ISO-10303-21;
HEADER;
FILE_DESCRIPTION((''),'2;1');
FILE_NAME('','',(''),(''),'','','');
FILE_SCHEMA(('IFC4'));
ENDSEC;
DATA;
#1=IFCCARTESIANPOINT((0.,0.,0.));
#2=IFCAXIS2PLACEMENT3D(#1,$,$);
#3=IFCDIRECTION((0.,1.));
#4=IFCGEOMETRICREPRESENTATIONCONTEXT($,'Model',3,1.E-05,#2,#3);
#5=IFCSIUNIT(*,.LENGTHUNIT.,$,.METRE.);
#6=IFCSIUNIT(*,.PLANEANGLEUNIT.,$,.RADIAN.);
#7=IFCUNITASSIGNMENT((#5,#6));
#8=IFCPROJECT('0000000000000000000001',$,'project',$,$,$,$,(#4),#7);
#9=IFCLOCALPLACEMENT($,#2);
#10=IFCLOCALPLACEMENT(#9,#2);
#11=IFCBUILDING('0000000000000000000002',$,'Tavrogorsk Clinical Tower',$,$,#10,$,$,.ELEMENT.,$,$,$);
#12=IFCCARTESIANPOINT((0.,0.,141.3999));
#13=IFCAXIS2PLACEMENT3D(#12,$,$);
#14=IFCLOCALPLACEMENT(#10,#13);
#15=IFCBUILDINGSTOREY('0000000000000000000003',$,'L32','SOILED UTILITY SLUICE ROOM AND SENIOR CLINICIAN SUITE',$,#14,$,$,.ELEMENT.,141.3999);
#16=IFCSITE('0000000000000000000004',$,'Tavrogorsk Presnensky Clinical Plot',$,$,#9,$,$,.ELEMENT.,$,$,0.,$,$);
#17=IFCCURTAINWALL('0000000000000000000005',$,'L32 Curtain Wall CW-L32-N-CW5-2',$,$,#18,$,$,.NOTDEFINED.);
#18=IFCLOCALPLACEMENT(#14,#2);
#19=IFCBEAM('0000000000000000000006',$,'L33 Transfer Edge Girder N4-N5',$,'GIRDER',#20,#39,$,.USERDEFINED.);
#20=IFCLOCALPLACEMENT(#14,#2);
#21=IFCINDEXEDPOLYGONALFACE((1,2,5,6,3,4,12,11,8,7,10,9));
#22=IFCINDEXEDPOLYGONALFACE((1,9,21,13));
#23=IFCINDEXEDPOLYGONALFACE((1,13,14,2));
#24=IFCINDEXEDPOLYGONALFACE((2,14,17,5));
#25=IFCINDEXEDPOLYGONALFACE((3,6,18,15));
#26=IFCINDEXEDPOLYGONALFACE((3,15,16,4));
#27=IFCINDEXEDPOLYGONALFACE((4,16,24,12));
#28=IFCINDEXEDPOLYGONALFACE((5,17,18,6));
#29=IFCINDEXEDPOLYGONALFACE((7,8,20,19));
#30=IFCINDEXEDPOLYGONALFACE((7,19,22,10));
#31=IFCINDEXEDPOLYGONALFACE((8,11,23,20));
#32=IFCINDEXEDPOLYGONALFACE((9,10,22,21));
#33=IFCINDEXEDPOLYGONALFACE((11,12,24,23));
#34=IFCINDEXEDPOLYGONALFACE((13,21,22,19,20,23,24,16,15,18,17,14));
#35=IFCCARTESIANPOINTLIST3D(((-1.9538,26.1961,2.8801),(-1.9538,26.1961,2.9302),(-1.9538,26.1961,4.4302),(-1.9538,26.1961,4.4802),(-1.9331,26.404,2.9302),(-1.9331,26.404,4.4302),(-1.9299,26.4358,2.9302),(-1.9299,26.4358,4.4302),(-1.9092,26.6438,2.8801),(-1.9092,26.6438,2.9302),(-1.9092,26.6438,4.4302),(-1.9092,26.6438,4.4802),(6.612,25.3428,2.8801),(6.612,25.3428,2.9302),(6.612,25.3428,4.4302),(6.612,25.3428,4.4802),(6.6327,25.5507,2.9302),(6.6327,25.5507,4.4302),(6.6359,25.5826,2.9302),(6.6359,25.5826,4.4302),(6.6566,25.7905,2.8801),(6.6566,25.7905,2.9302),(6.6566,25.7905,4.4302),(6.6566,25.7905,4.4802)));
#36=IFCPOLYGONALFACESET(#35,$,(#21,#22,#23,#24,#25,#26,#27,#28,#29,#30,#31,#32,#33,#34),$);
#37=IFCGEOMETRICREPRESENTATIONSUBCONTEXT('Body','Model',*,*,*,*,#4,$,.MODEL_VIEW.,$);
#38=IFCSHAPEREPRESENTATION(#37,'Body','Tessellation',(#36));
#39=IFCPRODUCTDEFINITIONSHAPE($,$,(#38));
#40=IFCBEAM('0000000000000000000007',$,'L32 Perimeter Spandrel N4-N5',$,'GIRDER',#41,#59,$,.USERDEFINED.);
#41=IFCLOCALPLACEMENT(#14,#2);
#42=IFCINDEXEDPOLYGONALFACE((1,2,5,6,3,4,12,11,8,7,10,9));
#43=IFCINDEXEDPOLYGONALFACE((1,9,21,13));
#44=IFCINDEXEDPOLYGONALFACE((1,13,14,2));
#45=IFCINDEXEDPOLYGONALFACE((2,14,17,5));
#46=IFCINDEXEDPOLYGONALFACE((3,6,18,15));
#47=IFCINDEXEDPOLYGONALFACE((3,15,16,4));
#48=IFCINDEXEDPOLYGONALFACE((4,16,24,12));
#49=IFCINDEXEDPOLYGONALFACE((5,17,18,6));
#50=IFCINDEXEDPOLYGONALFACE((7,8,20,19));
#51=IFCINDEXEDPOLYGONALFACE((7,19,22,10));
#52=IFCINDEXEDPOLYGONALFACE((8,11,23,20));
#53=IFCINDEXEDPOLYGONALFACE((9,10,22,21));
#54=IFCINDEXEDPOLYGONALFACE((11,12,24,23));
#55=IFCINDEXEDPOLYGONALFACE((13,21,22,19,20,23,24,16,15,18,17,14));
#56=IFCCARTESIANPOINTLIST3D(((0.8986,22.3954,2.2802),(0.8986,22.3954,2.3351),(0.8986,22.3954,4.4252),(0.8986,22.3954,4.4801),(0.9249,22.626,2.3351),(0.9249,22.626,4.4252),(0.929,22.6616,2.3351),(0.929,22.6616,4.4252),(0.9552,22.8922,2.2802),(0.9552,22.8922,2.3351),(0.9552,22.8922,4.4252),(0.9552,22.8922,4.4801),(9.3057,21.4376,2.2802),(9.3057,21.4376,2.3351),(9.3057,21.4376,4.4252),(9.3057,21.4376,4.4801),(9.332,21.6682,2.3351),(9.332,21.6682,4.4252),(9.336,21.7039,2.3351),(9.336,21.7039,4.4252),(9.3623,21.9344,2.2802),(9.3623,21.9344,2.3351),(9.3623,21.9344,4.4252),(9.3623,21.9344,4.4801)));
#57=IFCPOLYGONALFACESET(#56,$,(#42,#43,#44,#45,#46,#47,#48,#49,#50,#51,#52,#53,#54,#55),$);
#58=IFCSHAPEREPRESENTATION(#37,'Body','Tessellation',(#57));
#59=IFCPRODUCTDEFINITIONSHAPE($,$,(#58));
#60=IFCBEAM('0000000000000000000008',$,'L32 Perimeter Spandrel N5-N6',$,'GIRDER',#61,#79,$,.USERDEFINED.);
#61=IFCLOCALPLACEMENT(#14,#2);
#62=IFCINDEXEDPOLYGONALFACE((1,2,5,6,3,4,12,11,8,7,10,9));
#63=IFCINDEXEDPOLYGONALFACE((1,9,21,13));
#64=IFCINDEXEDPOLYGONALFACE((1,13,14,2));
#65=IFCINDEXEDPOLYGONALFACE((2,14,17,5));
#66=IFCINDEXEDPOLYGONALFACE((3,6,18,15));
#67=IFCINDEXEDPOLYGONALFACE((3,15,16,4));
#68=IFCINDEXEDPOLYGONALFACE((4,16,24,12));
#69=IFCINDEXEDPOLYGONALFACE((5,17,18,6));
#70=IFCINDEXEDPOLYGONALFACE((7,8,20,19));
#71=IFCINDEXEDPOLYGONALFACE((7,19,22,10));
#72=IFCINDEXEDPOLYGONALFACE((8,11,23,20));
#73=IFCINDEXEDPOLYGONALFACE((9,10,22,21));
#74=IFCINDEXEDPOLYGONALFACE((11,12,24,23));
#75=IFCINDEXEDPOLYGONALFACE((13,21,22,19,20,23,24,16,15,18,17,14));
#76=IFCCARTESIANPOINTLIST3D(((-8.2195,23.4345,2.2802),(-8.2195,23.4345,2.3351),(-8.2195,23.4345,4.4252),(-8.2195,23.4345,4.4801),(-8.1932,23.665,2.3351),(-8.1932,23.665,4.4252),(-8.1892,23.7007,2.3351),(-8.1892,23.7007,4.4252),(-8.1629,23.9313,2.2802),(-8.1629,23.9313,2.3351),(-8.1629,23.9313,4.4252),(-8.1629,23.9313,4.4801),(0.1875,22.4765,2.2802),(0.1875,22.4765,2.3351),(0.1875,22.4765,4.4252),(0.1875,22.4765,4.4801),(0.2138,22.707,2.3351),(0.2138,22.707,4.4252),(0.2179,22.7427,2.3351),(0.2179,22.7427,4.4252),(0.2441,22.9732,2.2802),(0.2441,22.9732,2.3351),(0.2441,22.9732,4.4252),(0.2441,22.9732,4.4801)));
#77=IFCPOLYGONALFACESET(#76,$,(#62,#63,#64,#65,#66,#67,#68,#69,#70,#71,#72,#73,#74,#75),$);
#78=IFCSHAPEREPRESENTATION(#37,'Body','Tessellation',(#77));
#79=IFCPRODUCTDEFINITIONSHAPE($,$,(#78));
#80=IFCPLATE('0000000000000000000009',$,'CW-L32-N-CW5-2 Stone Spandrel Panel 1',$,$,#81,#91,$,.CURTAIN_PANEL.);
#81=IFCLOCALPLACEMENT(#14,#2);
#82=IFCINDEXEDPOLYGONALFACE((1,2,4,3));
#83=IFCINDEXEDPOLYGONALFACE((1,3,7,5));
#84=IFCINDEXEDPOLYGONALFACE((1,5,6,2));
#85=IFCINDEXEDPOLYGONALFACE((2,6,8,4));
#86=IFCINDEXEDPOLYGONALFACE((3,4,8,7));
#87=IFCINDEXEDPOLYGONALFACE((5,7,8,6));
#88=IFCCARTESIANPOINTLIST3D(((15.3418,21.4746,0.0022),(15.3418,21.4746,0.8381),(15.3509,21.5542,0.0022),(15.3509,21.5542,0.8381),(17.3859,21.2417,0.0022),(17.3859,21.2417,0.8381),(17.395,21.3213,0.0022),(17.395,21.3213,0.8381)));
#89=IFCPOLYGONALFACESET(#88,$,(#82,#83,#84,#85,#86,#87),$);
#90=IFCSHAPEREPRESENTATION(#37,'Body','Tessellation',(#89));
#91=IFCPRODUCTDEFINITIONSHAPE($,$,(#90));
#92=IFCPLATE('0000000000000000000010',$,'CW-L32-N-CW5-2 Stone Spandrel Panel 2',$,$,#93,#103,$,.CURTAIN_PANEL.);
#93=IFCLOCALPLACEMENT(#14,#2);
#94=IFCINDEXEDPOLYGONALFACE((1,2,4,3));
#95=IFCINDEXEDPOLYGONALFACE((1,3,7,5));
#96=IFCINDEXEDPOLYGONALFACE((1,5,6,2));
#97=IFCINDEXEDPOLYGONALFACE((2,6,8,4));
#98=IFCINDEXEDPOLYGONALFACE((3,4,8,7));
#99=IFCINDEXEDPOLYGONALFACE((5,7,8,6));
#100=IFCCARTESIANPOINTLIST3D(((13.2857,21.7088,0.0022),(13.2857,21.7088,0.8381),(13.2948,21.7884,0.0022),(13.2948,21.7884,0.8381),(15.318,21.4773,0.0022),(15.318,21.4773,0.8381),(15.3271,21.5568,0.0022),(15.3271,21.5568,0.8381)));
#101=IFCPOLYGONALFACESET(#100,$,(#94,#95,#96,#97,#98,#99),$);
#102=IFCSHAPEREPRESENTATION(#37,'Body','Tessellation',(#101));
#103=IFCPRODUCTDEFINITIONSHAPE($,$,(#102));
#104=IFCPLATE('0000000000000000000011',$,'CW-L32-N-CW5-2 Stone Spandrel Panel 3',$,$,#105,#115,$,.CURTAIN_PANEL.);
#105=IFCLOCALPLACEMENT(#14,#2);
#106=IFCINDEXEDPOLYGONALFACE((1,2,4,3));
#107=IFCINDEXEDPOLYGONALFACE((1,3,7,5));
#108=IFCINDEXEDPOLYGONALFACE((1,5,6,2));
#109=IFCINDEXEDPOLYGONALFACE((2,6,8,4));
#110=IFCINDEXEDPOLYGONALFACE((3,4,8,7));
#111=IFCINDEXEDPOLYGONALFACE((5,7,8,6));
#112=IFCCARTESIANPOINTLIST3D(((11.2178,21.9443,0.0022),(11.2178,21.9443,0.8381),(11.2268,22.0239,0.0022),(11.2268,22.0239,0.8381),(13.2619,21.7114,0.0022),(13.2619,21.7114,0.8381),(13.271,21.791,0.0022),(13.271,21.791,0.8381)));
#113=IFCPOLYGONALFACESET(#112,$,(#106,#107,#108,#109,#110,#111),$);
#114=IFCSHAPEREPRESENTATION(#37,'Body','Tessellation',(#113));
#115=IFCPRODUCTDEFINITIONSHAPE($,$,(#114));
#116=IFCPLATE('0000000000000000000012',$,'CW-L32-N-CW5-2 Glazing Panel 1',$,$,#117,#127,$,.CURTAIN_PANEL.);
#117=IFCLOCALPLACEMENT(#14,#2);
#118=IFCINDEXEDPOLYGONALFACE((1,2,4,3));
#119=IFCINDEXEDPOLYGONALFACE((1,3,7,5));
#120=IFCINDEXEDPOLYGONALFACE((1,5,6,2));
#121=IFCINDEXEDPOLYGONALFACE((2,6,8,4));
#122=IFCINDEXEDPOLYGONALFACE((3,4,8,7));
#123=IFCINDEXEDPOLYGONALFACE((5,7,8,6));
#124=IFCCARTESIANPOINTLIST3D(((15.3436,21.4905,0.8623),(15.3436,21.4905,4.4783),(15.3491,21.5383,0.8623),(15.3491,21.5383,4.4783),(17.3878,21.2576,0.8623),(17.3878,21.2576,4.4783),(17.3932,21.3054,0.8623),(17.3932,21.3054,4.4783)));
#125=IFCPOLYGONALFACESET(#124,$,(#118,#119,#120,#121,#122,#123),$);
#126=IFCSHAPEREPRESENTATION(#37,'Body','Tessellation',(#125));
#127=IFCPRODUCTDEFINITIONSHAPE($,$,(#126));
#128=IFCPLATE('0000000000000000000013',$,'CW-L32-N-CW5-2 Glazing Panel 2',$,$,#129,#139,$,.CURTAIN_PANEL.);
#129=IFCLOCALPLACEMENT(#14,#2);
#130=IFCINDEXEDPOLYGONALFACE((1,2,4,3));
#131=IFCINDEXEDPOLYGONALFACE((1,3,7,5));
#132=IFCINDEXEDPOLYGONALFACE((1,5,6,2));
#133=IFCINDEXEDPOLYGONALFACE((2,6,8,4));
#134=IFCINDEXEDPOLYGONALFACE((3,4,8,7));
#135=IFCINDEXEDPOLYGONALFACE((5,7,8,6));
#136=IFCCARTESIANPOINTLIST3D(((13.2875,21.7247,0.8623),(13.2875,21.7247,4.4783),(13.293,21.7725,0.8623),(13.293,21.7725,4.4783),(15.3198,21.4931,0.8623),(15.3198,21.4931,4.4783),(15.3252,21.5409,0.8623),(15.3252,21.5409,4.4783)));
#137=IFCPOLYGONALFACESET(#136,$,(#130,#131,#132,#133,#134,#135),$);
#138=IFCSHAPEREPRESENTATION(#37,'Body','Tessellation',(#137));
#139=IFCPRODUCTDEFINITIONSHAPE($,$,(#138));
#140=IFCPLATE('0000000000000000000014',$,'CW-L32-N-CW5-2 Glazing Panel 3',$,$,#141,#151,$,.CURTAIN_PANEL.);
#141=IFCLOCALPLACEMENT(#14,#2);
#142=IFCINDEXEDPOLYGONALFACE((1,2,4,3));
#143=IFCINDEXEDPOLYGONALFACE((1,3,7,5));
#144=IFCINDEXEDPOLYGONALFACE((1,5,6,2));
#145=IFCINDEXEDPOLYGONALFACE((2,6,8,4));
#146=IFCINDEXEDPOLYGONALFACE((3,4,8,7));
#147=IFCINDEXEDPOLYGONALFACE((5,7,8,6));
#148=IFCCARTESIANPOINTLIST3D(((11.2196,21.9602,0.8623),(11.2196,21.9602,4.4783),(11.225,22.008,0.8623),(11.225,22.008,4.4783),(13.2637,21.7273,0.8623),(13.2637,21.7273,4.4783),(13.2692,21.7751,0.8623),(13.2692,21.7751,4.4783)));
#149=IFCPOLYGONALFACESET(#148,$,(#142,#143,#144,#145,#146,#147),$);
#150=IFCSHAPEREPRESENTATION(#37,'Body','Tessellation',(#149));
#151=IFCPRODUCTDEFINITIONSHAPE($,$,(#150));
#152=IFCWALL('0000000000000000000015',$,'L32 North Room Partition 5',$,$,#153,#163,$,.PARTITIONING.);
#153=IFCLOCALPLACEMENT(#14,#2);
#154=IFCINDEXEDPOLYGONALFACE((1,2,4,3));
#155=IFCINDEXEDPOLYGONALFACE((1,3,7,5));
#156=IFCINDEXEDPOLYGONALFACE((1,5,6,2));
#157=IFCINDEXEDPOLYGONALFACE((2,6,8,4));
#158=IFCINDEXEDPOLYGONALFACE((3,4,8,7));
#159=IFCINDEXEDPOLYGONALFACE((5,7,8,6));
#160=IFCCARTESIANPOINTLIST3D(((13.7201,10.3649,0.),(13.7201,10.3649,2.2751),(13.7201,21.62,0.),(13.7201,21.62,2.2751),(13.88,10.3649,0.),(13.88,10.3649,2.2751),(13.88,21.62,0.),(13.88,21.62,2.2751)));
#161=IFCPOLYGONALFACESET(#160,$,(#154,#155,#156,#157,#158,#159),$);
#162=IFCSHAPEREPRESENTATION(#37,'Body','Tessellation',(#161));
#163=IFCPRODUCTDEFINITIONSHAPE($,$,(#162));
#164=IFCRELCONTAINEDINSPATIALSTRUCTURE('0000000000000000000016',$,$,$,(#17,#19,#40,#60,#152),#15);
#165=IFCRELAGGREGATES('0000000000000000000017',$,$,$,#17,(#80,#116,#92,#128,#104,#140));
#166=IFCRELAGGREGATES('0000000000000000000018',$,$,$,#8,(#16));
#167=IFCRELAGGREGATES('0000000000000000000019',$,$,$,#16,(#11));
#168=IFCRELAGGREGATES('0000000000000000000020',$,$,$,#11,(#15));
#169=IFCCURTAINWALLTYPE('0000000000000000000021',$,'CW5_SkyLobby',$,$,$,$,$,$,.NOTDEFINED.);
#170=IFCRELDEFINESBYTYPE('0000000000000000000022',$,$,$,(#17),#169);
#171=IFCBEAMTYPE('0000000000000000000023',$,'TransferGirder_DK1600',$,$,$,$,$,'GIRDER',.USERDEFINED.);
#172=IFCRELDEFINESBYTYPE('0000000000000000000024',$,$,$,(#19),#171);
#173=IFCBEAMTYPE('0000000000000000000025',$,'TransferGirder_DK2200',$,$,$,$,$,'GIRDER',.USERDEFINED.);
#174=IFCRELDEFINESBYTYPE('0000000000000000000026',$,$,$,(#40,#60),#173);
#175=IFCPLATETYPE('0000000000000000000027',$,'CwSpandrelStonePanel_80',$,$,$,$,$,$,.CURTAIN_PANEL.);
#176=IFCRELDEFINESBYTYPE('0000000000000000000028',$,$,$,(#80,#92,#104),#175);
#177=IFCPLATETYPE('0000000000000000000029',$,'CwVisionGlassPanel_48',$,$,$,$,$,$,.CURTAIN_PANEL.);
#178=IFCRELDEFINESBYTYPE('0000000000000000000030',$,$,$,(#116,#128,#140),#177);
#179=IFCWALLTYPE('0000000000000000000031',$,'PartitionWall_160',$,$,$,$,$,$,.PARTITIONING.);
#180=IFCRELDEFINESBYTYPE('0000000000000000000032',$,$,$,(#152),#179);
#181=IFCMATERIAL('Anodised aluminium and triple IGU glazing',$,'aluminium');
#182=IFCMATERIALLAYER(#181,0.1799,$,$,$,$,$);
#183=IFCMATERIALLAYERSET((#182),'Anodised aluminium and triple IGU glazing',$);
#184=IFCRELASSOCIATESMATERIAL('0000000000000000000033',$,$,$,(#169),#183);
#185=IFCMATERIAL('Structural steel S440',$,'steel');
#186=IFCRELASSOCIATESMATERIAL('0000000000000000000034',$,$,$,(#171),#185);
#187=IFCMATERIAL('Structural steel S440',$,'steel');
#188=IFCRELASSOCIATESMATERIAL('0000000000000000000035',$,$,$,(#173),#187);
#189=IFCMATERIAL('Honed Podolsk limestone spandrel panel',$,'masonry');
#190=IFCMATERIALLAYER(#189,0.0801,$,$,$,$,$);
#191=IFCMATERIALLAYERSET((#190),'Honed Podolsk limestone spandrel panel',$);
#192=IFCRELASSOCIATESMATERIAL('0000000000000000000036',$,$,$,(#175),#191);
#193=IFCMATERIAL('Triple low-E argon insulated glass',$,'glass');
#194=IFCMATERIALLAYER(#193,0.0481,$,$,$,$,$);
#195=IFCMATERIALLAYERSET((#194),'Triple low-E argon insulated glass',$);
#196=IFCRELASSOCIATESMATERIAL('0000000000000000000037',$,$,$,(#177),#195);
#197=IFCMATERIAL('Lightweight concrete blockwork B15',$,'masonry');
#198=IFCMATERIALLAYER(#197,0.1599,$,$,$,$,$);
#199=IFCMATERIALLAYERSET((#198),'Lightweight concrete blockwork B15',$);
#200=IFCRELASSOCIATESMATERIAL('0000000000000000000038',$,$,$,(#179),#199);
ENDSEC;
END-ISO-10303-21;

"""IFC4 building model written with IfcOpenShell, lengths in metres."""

from ifc_helpers import new_model, si_unit, direction, frame, frame_2d, origin, origin_2d, place, context, subcontext, project, spatial, rectangle, i_section, extrude, material, layer, layer_set, material_profile, profile_set, type_object, element, aggregate, save


model = new_model("IFC4")

# Units and contexts
model_context = context("Model", 3, precision=1e-05, world=origin(), true_north=direction((0.0, 1.0)))
body_context = subcontext(model_context, "Body", "Model", "MODEL_VIEW")
ifc_project = project(units=[si_unit("LENGTHUNIT", "METRE"), si_unit("PLANEANGLEUNIT", "RADIAN")], contexts=[model_context])

# Site, building, storey
site_placement = place(None, origin())
site = spatial("IfcSite", under=ifc_project, at=site_placement, Name="Tavrogorsk Presnensky Clinical Plot", CompositionType="ELEMENT", RefElevation=0.0)
building_placement = place(site_placement, origin())
building = spatial("IfcBuilding", under=site, at=building_placement, Name="Tavrogorsk Clinical Tower", CompositionType="ELEMENT")
storey_placement = place(building_placement, frame((0.0, 0.0, 141.3999)))
storey = spatial("IfcBuildingStorey", under=building, at=storey_placement, Name="L32", Description="SOILED UTILITY SLUICE ROOM AND SENIOR CLINICIAN SUITE", CompositionType="ELEMENT", Elevation=141.3999)

# Curtain wall
ifc_material_1 = material(Name="Anodised aluminium and triple IGU glazing", Category="aluminium")
ifc_layer_1 = layer(ifc_material_1, 0.1799)
ifc_layer_set_1 = layer_set([ifc_layer_1], Name="Anodised aluminium and triple IGU glazing")
curtain_wall_type = type_object("IfcCurtainWallType", Name="CW5_SkyLobby", PredefinedType="NOTDEFINED", material=ifc_layer_set_1)
curtain_wall_placement = place(storey_placement, origin())
curtain_wall = element("IfcCurtainWall", 1, at=curtain_wall_placement, inside=storey, type_object=curtain_wall_type, Name="L32 Curtain Wall CW-L32-N-CW5-2", PredefinedType="NOTDEFINED")

# Beams
ifc_material_2 = material(Name="Structural steel S440", Category="steel")
ifc_material_profile_1 = material_profile(ifc_material_2, i_section(OverallWidth=0.45, OverallDepth=1.6001, WebThickness=0.032, FlangeThickness=0.05, at=origin_2d()), Name="DK-1600x450x32x50")
ifc_profile_set_1 = profile_set([ifc_material_profile_1], Name="Structural steel S440")
beam_type_1 = type_object("IfcBeamType", Name="TransferGirder_DK1600", ElementType="GIRDER", PredefinedType="USERDEFINED", material=ifc_profile_set_1)
beam_1_placement = place(storey_placement, frame((6.6343, 25.5667, 3.6802), z_axis=(-0.995075, 0.099125, 0.0), x_axis=(-0.099125, -0.995075, 0.0)))
element("IfcBeam", 2, at=beam_1_placement, inside=storey, type_object=beam_type_1, Name="L33 Transfer Edge Girder N4-N5", ObjectType="GIRDER", PredefinedType="USERDEFINED", context=body_context, shape_type="SweptSolid", body=[
    extrude(i_section(OverallWidth=0.45, OverallDepth=1.6001, WebThickness=0.032, FlangeThickness=0.05, at=origin_2d()), origin(), (0.0, 0.0, 1.0), 8.6082),
])
ifc_material_3 = material(Name="Structural steel S440", Category="steel")
ifc_material_profile_2 = material_profile(ifc_material_3, i_section(OverallWidth=0.5, OverallDepth=2.2, WebThickness=0.0359, FlangeThickness=0.0549, at=origin_2d()), Name="DK-2200x500x36x55")
ifc_profile_set_2 = profile_set([ifc_material_profile_2], Name="Structural steel S440")
beam_type_2 = type_object("IfcBeamType", Name="TransferGirder_DK2200", ElementType="GIRDER", PredefinedType="USERDEFINED", material=ifc_profile_set_2)
for number, where, z_axis, x_axis, name in (
    (3, (9.334, 21.686, 3.3801), (-0.993573, 0.113193, 0.0), (-0.113193, -0.993573, 0.0), "L32 Perimeter Spandrel N4-N5"),
    (4, (0.2158, 22.7249, 3.3801), (-0.99357, 0.113221, 0.0), (-0.113221, -0.99357, 0.0), "L32 Perimeter Spandrel N5-N6"),
):
    element("IfcBeam", number, at=place(storey_placement, frame(where, z_axis=z_axis, x_axis=x_axis)), inside=storey, type_object=beam_type_2, Name=name, ObjectType="GIRDER", PredefinedType="USERDEFINED", context=body_context, shape_type="SweptSolid", body=[
        extrude(i_section(OverallWidth=0.5, OverallDepth=2.2, WebThickness=0.0359, FlangeThickness=0.0549, at=origin_2d()), origin(), (0.0, 0.0, 1.0), 8.4614),
    ])

# Plates
ifc_material_4 = material(Name="Honed Podolsk limestone spandrel panel", Category="masonry")
ifc_layer_2 = layer(ifc_material_4, 0.0801)
ifc_layer_set_2 = layer_set([ifc_layer_2], Name="Honed Podolsk limestone spandrel panel")
plate_type_1 = type_object("IfcPlateType", Name="CwSpandrelStonePanel_80", PredefinedType="CURTAIN_PANEL", material=ifc_layer_set_2)
plate_1_placement = place(storey_placement, frame((16.3684, 21.3979, 0.0022), z_axis=(0.0, 0.0, 1.0), x_axis=(-0.993572, 0.113203, 0.0)))
plate_1 = element("IfcPlate", 5, at=plate_1_placement, type_object=plate_type_1, Name="CW-L32-N-CW5-2 Stone Spandrel Panel 1", PredefinedType="CURTAIN_PANEL", context=body_context, shape_type="SweptSolid", body=[
    extrude(rectangle(XDim=2.0574, YDim=0.0801, at=origin_2d()), origin(), (0.0, 0.0, 1.0), 0.8359),
])
plate_2_placement = place(storey_placement, frame((14.3064, 21.6328, 0.0022), z_axis=(0.0, 0.0, 1.0), x_axis=(-0.993572, 0.113203, 0.0)))
plate_2 = element("IfcPlate", 6, at=plate_2_placement, type_object=plate_type_1, Name="CW-L32-N-CW5-2 Stone Spandrel Panel 2", PredefinedType="CURTAIN_PANEL", context=body_context, shape_type="SweptSolid", body=[
    extrude(rectangle(XDim=2.0454, YDim=0.0801, at=origin_2d()), origin(), (0.0, 0.0, 1.0), 0.8359),
])
plate_3_placement = place(storey_placement, frame((12.2444, 21.8677, 0.0022), z_axis=(0.0, 0.0, 1.0), x_axis=(-0.993572, 0.113203, 0.0)))
plate_3 = element("IfcPlate", 7, at=plate_3_placement, type_object=plate_type_1, Name="CW-L32-N-CW5-2 Stone Spandrel Panel 3", PredefinedType="CURTAIN_PANEL", context=body_context, shape_type="SweptSolid", body=[
    extrude(rectangle(XDim=2.0574, YDim=0.0801, at=origin_2d()), origin(), (0.0, 0.0, 1.0), 0.8359),
])
ifc_material_5 = material(Name="Triple low-E argon insulated glass", Category="glass")
ifc_layer_3 = layer(ifc_material_5, 0.0481)
ifc_layer_set_3 = layer_set([ifc_layer_3], Name="Triple low-E argon insulated glass")
plate_type_2 = type_object("IfcPlateType", Name="CwVisionGlassPanel_48", PredefinedType="CURTAIN_PANEL", material=ifc_layer_set_3)
plate_4_placement = place(storey_placement, frame((16.3684, 21.3979, 0.8623), z_axis=(0.0, 0.0, 1.0), x_axis=(-0.993572, 0.113203, 0.0)))
plate_4 = element("IfcPlate", 8, at=plate_4_placement, type_object=plate_type_2, Name="CW-L32-N-CW5-2 Glazing Panel 1", PredefinedType="CURTAIN_PANEL", context=body_context, shape_type="SweptSolid", body=[
    extrude(rectangle(XDim=2.0574, YDim=0.0481, at=origin_2d()), origin(), (0.0, 0.0, 1.0), 3.616),
])
plate_5_placement = place(storey_placement, frame((14.3064, 21.6328, 0.8623), z_axis=(0.0, 0.0, 1.0), x_axis=(-0.993572, 0.113203, 0.0)))
plate_5 = element("IfcPlate", 9, at=plate_5_placement, type_object=plate_type_2, Name="CW-L32-N-CW5-2 Glazing Panel 2", PredefinedType="CURTAIN_PANEL", context=body_context, shape_type="SweptSolid", body=[
    extrude(rectangle(XDim=2.0454, YDim=0.0481, at=origin_2d()), origin(), (0.0, 0.0, 1.0), 3.616),
])
plate_6_placement = place(storey_placement, frame((12.2444, 21.8677, 0.8623), z_axis=(0.0, 0.0, 1.0), x_axis=(-0.993572, 0.113203, 0.0)))
plate_6 = element("IfcPlate", 10, at=plate_6_placement, type_object=plate_type_2, Name="CW-L32-N-CW5-2 Glazing Panel 3", PredefinedType="CURTAIN_PANEL", context=body_context, shape_type="SweptSolid", body=[
    extrude(rectangle(XDim=2.0574, YDim=0.0481, at=origin_2d()), origin(), (0.0, 0.0, 1.0), 3.616),
])
aggregate(curtain_wall, [plate_1, plate_4, plate_2, plate_5, plate_3, plate_6])

# Wall
ifc_material_6 = material(Name="Lightweight concrete blockwork B15", Category="masonry")
ifc_layer_4 = layer(ifc_material_6, 0.1599)
ifc_layer_set_4 = layer_set([ifc_layer_4], Name="Lightweight concrete blockwork B15")
wall_type_1 = type_object("IfcWallType", Name="PartitionWall_160", PredefinedType="PARTITIONING", material=ifc_layer_set_4)
wall_1_placement = place(storey_placement, frame((13.8, 10.365, 0.0), z_axis=(0.0, 0.0, 1.0), x_axis=(0.0, 1.0, 0.0)))
element("IfcWall", 11, at=wall_1_placement, inside=storey, type_object=wall_type_1, Name="L32 North Room Partition 5", PredefinedType="PARTITIONING", context=body_context, shape_type="SweptSolid", body=[
    extrude(rectangle(XDim=11.2551, YDim=0.1599, at=frame_2d((5.6274, 0.0))), origin(), (0.0, 0.0, 1.0), 2.2751),
])

save(model, "model.ifc")
